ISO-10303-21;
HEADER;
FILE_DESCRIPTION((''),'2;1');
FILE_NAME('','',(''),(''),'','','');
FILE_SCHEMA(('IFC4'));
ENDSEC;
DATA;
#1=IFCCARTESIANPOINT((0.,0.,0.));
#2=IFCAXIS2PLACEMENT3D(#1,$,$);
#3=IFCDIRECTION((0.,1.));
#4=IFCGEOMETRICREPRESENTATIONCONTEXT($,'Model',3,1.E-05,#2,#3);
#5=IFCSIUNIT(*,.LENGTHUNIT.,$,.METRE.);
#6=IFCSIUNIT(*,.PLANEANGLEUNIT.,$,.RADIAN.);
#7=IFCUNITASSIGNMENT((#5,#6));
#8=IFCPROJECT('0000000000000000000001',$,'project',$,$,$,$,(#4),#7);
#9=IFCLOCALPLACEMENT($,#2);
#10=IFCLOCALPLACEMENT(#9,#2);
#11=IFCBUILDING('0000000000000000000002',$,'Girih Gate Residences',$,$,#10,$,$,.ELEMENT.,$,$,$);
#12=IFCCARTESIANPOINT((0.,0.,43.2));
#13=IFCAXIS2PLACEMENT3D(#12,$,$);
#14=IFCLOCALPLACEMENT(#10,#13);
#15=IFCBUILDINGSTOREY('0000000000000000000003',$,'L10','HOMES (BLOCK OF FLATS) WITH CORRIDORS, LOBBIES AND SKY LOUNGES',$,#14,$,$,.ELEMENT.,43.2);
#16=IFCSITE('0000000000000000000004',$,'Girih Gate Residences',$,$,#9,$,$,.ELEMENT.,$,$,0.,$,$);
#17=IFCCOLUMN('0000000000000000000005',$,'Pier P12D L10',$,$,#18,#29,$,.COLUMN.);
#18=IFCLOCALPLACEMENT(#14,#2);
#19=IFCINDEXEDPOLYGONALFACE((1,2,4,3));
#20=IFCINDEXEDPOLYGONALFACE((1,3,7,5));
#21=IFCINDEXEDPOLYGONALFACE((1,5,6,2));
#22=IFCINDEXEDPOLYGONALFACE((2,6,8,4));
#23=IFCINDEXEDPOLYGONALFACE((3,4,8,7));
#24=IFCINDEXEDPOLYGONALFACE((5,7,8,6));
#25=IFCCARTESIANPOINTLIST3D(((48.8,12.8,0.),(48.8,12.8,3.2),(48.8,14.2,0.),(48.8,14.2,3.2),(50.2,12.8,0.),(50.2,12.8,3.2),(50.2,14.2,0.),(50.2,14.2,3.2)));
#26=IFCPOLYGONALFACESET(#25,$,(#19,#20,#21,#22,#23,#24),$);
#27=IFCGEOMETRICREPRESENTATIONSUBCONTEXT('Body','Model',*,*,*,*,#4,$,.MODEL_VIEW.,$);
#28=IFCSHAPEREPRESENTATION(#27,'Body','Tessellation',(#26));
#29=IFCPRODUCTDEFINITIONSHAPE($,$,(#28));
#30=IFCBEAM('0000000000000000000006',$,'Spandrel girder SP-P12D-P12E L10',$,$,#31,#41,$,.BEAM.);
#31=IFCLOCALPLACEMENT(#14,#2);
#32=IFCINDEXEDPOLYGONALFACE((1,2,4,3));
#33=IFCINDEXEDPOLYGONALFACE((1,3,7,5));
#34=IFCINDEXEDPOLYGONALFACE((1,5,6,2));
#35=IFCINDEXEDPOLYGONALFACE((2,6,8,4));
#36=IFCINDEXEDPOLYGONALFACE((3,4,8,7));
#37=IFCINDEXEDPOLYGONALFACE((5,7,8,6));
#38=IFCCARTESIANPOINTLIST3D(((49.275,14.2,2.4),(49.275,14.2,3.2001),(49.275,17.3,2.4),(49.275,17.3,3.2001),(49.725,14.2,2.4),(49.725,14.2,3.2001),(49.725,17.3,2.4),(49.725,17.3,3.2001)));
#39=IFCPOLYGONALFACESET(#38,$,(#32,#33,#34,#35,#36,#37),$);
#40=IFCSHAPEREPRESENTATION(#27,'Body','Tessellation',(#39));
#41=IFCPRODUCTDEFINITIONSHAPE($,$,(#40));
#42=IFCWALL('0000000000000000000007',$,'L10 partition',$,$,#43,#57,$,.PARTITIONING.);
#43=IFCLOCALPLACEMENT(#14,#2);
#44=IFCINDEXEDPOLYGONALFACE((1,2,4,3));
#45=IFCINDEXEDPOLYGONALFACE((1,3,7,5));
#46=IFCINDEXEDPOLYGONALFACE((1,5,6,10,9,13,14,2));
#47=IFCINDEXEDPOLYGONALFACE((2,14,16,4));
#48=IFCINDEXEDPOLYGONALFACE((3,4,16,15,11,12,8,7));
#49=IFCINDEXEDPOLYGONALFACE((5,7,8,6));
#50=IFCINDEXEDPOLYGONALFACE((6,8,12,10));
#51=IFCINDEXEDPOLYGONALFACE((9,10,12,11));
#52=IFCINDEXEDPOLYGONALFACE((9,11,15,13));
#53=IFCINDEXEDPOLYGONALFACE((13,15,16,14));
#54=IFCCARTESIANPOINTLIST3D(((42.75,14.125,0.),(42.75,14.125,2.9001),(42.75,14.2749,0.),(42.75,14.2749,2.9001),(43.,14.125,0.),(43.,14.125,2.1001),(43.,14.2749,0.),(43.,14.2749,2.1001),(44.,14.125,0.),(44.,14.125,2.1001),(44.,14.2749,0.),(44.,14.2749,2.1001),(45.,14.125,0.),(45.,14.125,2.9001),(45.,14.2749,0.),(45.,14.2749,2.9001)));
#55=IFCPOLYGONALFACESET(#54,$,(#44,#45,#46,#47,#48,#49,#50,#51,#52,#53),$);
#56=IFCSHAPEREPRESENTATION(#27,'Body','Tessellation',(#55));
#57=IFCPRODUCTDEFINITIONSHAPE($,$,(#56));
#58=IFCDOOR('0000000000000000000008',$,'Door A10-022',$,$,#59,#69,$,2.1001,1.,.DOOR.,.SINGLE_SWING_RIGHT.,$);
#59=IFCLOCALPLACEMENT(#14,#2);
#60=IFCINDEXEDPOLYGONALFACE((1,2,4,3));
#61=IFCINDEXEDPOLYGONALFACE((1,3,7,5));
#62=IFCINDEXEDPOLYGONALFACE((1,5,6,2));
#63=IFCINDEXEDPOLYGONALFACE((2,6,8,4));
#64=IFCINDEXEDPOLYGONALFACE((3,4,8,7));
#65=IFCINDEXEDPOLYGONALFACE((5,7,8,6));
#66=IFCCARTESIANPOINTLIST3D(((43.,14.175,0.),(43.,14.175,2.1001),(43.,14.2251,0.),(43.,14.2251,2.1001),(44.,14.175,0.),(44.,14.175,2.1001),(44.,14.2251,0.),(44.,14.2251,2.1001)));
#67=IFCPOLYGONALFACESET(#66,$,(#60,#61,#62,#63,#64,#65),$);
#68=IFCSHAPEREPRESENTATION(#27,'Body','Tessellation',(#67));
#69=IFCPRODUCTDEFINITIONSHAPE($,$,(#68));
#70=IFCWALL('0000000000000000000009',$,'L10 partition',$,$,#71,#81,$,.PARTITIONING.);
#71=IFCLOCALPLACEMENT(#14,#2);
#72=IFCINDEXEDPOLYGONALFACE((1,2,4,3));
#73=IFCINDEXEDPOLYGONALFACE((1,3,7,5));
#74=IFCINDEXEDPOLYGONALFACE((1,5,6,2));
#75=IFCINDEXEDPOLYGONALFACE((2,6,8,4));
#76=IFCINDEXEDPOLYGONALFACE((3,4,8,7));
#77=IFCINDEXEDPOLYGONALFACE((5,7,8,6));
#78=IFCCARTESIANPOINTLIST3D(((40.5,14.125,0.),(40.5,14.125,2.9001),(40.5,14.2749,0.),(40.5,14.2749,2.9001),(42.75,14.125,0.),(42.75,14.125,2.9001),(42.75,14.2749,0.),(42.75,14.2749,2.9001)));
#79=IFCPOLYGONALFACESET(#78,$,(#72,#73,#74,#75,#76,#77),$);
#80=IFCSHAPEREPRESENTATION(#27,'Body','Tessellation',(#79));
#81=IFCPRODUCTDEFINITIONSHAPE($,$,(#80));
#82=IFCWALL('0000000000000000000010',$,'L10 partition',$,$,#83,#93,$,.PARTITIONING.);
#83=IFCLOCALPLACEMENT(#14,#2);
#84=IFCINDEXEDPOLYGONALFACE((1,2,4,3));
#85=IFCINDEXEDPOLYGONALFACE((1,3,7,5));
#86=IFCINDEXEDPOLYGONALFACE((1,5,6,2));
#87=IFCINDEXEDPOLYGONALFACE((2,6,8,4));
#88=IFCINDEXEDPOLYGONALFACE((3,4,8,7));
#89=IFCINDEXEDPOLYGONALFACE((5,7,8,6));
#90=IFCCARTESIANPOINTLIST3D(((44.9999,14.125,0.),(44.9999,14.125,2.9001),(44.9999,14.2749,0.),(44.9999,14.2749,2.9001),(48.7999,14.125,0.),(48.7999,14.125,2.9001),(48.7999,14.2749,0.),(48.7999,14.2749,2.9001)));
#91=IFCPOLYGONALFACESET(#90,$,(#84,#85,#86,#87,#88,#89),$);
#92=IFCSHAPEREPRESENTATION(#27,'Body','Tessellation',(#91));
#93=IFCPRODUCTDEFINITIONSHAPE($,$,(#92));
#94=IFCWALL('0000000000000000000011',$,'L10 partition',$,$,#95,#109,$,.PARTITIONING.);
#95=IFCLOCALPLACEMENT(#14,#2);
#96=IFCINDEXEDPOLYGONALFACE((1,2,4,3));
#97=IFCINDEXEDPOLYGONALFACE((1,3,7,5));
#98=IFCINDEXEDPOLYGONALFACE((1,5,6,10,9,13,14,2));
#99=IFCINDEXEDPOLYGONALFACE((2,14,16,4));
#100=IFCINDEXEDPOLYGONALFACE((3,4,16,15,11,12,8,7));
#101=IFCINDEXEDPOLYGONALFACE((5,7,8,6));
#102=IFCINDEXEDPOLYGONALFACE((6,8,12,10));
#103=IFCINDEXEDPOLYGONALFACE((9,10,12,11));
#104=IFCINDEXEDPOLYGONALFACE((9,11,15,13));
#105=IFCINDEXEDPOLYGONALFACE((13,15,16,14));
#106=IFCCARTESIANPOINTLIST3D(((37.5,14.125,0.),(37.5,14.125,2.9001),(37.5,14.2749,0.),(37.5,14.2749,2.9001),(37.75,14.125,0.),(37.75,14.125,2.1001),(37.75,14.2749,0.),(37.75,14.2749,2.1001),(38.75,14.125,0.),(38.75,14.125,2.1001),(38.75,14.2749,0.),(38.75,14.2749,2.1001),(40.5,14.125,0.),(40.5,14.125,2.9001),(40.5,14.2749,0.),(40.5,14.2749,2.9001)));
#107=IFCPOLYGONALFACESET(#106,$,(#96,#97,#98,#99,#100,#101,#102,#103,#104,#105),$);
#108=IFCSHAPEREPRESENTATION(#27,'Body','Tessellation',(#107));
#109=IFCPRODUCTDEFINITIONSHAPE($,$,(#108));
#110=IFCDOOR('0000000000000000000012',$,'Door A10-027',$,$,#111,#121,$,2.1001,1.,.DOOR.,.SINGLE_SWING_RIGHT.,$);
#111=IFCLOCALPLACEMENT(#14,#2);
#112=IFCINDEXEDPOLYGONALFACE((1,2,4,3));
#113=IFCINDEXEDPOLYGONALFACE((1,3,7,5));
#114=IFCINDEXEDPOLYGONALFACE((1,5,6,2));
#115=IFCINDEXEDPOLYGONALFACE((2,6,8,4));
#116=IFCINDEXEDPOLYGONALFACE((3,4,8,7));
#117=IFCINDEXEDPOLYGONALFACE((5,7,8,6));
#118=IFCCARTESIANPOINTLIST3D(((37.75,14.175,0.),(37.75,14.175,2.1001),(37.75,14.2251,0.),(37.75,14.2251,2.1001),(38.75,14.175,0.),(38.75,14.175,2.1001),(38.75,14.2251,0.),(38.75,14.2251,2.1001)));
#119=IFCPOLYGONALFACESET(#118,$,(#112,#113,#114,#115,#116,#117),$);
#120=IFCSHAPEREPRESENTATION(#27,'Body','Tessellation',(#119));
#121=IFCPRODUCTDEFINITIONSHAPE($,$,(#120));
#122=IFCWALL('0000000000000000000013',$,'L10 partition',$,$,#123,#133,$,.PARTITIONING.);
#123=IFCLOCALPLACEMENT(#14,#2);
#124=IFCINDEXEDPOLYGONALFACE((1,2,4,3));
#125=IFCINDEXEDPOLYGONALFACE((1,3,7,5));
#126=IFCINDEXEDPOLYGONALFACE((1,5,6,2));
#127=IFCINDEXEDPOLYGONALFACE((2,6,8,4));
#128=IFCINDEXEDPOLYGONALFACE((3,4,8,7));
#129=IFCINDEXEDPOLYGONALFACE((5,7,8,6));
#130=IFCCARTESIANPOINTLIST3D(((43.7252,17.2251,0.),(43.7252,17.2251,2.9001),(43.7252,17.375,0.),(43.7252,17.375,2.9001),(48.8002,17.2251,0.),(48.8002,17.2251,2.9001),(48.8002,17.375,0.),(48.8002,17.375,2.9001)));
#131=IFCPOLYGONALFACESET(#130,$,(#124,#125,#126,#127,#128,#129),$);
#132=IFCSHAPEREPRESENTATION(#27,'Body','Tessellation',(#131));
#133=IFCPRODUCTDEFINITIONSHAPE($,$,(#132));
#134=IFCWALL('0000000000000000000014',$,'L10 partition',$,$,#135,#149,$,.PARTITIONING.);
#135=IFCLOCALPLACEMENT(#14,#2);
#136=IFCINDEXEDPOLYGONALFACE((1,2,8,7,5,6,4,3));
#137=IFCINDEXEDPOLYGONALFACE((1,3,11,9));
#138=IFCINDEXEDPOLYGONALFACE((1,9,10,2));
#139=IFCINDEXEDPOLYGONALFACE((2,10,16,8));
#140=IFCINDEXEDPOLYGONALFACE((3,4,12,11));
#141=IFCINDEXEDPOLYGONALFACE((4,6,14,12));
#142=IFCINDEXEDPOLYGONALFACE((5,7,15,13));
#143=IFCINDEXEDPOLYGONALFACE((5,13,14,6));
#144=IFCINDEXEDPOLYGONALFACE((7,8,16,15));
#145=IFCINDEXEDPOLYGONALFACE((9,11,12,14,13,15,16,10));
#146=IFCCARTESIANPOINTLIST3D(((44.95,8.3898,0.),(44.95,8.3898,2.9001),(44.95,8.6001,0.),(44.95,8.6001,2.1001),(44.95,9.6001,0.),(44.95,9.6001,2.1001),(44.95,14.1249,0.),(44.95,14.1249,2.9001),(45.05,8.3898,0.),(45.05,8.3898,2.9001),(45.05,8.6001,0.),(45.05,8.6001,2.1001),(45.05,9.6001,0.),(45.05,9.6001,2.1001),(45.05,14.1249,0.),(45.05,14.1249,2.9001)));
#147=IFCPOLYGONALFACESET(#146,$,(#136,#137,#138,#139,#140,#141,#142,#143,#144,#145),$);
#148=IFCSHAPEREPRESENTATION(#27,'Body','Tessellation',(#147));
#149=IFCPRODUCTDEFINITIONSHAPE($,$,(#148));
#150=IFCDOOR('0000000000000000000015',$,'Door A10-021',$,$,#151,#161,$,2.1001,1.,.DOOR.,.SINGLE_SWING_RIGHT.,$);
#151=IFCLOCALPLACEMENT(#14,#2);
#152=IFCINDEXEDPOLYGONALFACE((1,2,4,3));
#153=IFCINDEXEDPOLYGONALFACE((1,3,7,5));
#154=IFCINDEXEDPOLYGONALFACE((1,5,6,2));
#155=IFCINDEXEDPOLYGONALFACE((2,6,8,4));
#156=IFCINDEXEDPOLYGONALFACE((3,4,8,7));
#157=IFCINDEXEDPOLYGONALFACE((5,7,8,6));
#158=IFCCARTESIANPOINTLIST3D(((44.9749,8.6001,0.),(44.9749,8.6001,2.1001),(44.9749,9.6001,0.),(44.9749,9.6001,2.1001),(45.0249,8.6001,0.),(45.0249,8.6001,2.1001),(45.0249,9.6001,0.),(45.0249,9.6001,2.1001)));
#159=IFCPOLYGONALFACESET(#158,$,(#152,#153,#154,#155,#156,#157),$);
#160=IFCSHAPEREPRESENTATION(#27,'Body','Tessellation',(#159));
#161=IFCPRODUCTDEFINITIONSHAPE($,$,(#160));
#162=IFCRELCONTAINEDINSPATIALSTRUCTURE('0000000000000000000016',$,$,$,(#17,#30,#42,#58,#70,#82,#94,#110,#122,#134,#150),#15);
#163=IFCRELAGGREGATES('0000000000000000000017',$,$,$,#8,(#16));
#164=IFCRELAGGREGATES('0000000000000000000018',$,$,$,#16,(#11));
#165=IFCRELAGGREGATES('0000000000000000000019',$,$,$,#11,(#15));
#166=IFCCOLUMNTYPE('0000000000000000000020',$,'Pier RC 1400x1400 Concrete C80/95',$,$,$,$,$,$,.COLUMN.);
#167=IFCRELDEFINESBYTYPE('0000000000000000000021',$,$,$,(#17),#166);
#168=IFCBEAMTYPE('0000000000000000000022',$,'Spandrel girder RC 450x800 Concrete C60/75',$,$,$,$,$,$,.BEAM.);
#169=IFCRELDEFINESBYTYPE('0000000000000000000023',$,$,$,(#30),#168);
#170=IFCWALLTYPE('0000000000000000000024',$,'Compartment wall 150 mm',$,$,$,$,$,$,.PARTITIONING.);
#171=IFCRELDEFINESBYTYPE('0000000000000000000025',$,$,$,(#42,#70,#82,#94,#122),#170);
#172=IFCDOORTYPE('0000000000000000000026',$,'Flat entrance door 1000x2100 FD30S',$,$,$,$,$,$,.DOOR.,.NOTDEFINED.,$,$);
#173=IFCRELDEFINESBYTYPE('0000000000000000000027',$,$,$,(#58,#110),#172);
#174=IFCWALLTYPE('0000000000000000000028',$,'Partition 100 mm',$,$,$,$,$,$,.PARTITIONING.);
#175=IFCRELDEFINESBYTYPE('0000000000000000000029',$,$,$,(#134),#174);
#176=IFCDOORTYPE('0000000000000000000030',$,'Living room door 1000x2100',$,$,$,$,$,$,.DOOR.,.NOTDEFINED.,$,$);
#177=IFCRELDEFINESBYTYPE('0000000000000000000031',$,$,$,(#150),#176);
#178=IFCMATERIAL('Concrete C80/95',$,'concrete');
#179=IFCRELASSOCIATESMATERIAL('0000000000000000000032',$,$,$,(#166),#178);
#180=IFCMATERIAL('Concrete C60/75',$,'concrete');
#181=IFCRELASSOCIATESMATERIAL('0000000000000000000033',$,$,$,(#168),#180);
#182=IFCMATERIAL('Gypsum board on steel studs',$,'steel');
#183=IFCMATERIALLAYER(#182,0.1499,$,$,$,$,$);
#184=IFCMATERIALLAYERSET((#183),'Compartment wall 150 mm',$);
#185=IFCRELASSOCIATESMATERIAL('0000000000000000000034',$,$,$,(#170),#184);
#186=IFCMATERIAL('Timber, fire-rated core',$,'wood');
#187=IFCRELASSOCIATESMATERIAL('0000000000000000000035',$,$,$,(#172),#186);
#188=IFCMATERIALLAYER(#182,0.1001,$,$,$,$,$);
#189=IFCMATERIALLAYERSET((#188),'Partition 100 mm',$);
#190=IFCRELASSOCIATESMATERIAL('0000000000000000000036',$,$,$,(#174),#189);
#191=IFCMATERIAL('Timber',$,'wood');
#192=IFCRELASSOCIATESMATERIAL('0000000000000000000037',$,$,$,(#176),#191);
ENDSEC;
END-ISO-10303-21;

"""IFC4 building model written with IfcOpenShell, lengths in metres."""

from ifc_helpers import new_model, si_unit, direction, frame, frame_2d, origin, origin_2d, place, context, subcontext, project, spatial, rectangle, extrude, material, layer, layer_set, material_profile, profile_set, type_object, element, fill, save


model = new_model("IFC4")

# Units and contexts
model_context = context("Model", 3, precision=1e-05, world=origin(), true_north=direction((0.0, 1.0)))
body_context = subcontext(model_context, "Body", "Model", "MODEL_VIEW")
ifc_project = project(units=[si_unit("LENGTHUNIT", "METRE"), si_unit("PLANEANGLEUNIT", "RADIAN")], contexts=[model_context])

# Site, building, storey
site_placement = place(None, origin())
site = spatial("IfcSite", under=ifc_project, at=site_placement, Name="Girih Gate Residences", CompositionType="ELEMENT", RefElevation=0.0)
building_placement = place(site_placement, origin())
building = spatial("IfcBuilding", under=site, at=building_placement, Name="Girih Gate Residences", CompositionType="ELEMENT")
storey_placement = place(building_placement, frame((0.0, 0.0, 43.2)))
storey = spatial("IfcBuildingStorey", under=building, at=storey_placement, Name="L10", Description="HOMES (BLOCK OF FLATS) WITH CORRIDORS, LOBBIES AND SKY LOUNGES", CompositionType="ELEMENT", Elevation=43.2)

# Column
ifc_material_1 = material(Name="Concrete C80/95", Category="concrete")
ifc_material_profile_1 = material_profile(ifc_material_1, rectangle(XDim=1.3999, YDim=1.3999, at=origin_2d()))
ifc_profile_set_1 = profile_set([ifc_material_profile_1], Name="Concrete C80/95")
column_type = type_object("IfcColumnType", Name="Pier RC 1400x1400 Concrete C80/95", PredefinedType="COLUMN", material=ifc_profile_set_1)
column_placement = place(storey_placement, frame((49.5, 13.5, 0.0), z_axis=(0.0, 0.0, 1.0), x_axis=(1.0, 0.0, 0.0)))
element("IfcColumn", 1, at=column_placement, inside=storey, type_object=column_type, Name="Pier P12D L10", PredefinedType="COLUMN", context=body_context, shape_type="SweptSolid", body=[
    extrude(rectangle(XDim=1.3999, YDim=1.3999, at=origin_2d()), origin(), (0.0, 0.0, 1.0), 3.2),
])

# Beam
ifc_material_2 = material(Name="Concrete C60/75", Category="concrete")
ifc_material_profile_2 = material_profile(ifc_material_2, rectangle(XDim=0.45, YDim=0.8, at=origin_2d()))
ifc_profile_set_2 = profile_set([ifc_material_profile_2], Name="Concrete C60/75")
beam_type = type_object("IfcBeamType", Name="Spandrel girder RC 450x800 Concrete C60/75", PredefinedType="BEAM", material=ifc_profile_set_2)
beam_placement = place(storey_placement, frame((49.5, 14.2, 2.8), z_axis=(0.0, 1.0, 0.0), x_axis=(-1.0, 0.0, 0.0)))
element("IfcBeam", 2, at=beam_placement, inside=storey, type_object=beam_type, Name="Spandrel girder SP-P12D-P12E L10", PredefinedType="BEAM", context=body_context, shape_type="SweptSolid", body=[
    extrude(rectangle(XDim=0.45, YDim=0.8, at=origin_2d()), origin(), (0.0, 0.0, 1.0), 3.1001),
])

# Wall, opening, door
ifc_material_3 = material(Name="Gypsum board on steel studs", Category="steel")
ifc_layer_1 = layer(ifc_material_3, 0.1499)
ifc_layer_set_1 = layer_set([ifc_layer_1], Name="Compartment wall 150 mm")
wall_type_1 = type_object("IfcWallType", Name="Compartment wall 150 mm", PredefinedType="PARTITIONING", material=ifc_layer_set_1)
wall_1_placement = place(storey_placement, frame((45.0, 14.2, 0.0), z_axis=(0.0, 0.0, 1.0), x_axis=(-1.0, 0.0, 0.0)))
wall_1 = element("IfcWall", 3, at=wall_1_placement, inside=storey, type_object=wall_type_1, Name="L10 partition", PredefinedType="PARTITIONING", context=body_context, shape_type="SweptSolid", body=[
    extrude(rectangle(XDim=2.25, YDim=0.1499, at=frame_2d((1.125, 0.0))), origin(), (0.0, 0.0, 1.0), 2.9001),
])
opening_1_placement = place(wall_1_placement, frame((1.0, 0.0, 0.0)))
opening_1 = element("IfcOpeningElement", 4, at=opening_1_placement, cuts=wall_1, PredefinedType="OPENING", context=body_context, shape_type="SweptSolid", body=[
    extrude(rectangle(XDim=1.0, YDim=2.1001, at=frame_2d((0.5, 1.05))), frame((0.0, 0.085, 0.0), z_axis=(0.0, -1.0, 0.0), x_axis=(1.0, 0.0, 0.0)), (0.0, 0.0, 1.0), 0.1699),
])
ifc_material_4 = material(Name="Timber, fire-rated core", Category="wood")
door_type_1 = type_object("IfcDoorType", Name="Flat entrance door 1000x2100 FD30S", OperationType="NOTDEFINED", PredefinedType="DOOR", material=ifc_material_4)
door_1_placement = place(opening_1_placement, origin())
door_1 = element("IfcDoor", 5, at=door_1_placement, inside=storey, type_object=door_type_1, Name="Door A10-022", OperationType="SINGLE_SWING_RIGHT", OverallHeight=2.1001, OverallWidth=1.0, PredefinedType="DOOR", context=body_context, shape_type="SweptSolid", body=[
    extrude(rectangle(XDim=1.0, YDim=2.1001, at=frame_2d((0.5, 1.05))), frame((0.0, 0.0249, 0.0), z_axis=(0.0, -1.0, 0.0), x_axis=(1.0, 0.0, 0.0)), (0.0, 0.0, 1.0), 0.05),
])
fill(opening_1, door_1)

# Walls
wall_2_placement = place(storey_placement, frame((40.5, 14.2, 0.0), z_axis=(0.0, 0.0, 1.0), x_axis=(1.0, 0.0, 0.0)))
element("IfcWall", 6, at=wall_2_placement, inside=storey, type_object=wall_type_1, Name="L10 partition", PredefinedType="PARTITIONING", context=body_context, shape_type="SweptSolid", body=[
    extrude(rectangle(XDim=2.25, YDim=0.1499, at=frame_2d((1.125, 0.0))), origin(), (0.0, 0.0, 1.0), 2.9001),
])
wall_3_placement = place(storey_placement, frame((45.0, 14.2, 0.0), z_axis=(0.0, 0.0, 1.0), x_axis=(1.0, 0.0, 0.0)))
element("IfcWall", 7, at=wall_3_placement, inside=storey, type_object=wall_type_1, Name="L10 partition", PredefinedType="PARTITIONING", context=body_context, shape_type="SweptSolid", body=[
    extrude(rectangle(XDim=3.8, YDim=0.1499, at=frame_2d((1.8999, 0.0))), origin(), (0.0, 0.0, 1.0), 2.9001),
])

# Wall, opening, door
wall_4_placement = place(storey_placement, frame((40.5, 14.2, 0.0), z_axis=(0.0, 0.0, 1.0), x_axis=(-1.0, 0.0, 0.0)))
wall_4 = element("IfcWall", 8, at=wall_4_placement, inside=storey, type_object=wall_type_1, Name="L10 partition", PredefinedType="PARTITIONING", context=body_context, shape_type="SweptSolid", body=[
    extrude(rectangle(XDim=3.0, YDim=0.1499, at=frame_2d((1.5, 0.0))), origin(), (0.0, 0.0, 1.0), 2.9001),
])
opening_2_placement = place(wall_4_placement, frame((1.75, 0.0, 0.0)))
opening_2 = element("IfcOpeningElement", 9, at=opening_2_placement, cuts=wall_4, PredefinedType="OPENING", context=body_context, shape_type="SweptSolid", body=[
    extrude(rectangle(XDim=1.0, YDim=2.1001, at=frame_2d((0.5, 1.05))), frame((0.0, 0.085, 0.0), z_axis=(0.0, -1.0, 0.0), x_axis=(1.0, 0.0, 0.0)), (0.0, 0.0, 1.0), 0.1699),
])
door_2_placement = place(opening_2_placement, origin())
door_2 = element("IfcDoor", 10, at=door_2_placement, inside=storey, type_object=door_type_1, Name="Door A10-027", OperationType="SINGLE_SWING_RIGHT", OverallHeight=2.1001, OverallWidth=1.0, PredefinedType="DOOR", context=body_context, shape_type="SweptSolid", body=[
    extrude(rectangle(XDim=1.0, YDim=2.1001, at=frame_2d((0.5, 1.05))), frame((0.0, 0.0249, 0.0), z_axis=(0.0, -1.0, 0.0), x_axis=(1.0, 0.0, 0.0)), (0.0, 0.0, 1.0), 0.05),
])
fill(opening_2, door_2)

# Wall
wall_5_placement = place(storey_placement, frame((43.7251, 17.3, 0.0), z_axis=(0.0, 0.0, 1.0), x_axis=(1.0, 0.0, 0.0)))
element("IfcWall", 11, at=wall_5_placement, inside=storey, type_object=wall_type_1, Name="L10 partition", PredefinedType="PARTITIONING", context=body_context, shape_type="SweptSolid", body=[
    extrude(rectangle(XDim=5.075, YDim=0.1499, at=frame_2d((2.5376, 0.0))), origin(), (0.0, 0.0, 1.0), 2.9001),
])

# Wall, opening, door
ifc_layer_2 = layer(ifc_material_3, 0.1001)
ifc_layer_set_2 = layer_set([ifc_layer_2], Name="Partition 100 mm")
wall_type_2 = type_object("IfcWallType", Name="Partition 100 mm", PredefinedType="PARTITIONING", material=ifc_layer_set_2)
wall_6_placement = place(storey_placement, frame((45.0, 14.125, 0.0), z_axis=(0.0, 0.0, 1.0), x_axis=(0.0, -1.0, 0.0)))
wall_6 = element("IfcWall", 12, at=wall_6_placement, inside=storey, type_object=wall_type_2, Name="L10 partition", PredefinedType="PARTITIONING", context=body_context, shape_type="SweptSolid", body=[
    extrude(rectangle(XDim=5.7351, YDim=0.1001, at=frame_2d((2.8677, 0.0))), origin(), (0.0, 0.0, 1.0), 2.9001),
])
opening_3_placement = place(wall_6_placement, frame((4.5249, 0.0, 0.0)))
opening_3 = element("IfcOpeningElement", 13, at=opening_3_placement, cuts=wall_6, PredefinedType="OPENING", context=body_context, shape_type="SweptSolid", body=[
    extrude(rectangle(XDim=1.0, YDim=2.1001, at=frame_2d((0.5, 1.05))), frame((0.0, 0.0601, 0.0), z_axis=(0.0, -1.0, 0.0), x_axis=(1.0, 0.0, 0.0)), (0.0, 0.0, 1.0), 0.1201),
])
ifc_material_5 = material(Name="Timber", Category="wood")
door_type_2 = type_object("IfcDoorType", Name="Living room door 1000x2100", OperationType="NOTDEFINED", PredefinedType="DOOR", material=ifc_material_5)
door_3_placement = place(opening_3_placement, origin())
door_3 = element("IfcDoor", 14, at=door_3_placement, inside=storey, type_object=door_type_2, Name="Door A10-021", OperationType="SINGLE_SWING_RIGHT", OverallHeight=2.1001, OverallWidth=1.0, PredefinedType="DOOR", context=body_context, shape_type="SweptSolid", body=[
    extrude(rectangle(XDim=1.0, YDim=2.1001, at=frame_2d((0.5, 1.05))), frame((0.0, 0.0249, 0.0), z_axis=(0.0, -1.0, 0.0), x_axis=(1.0, 0.0, 0.0)), (0.0, 0.0, 1.0), 0.05),
])
fill(opening_3, door_3)

save(model, "model.ifc")
